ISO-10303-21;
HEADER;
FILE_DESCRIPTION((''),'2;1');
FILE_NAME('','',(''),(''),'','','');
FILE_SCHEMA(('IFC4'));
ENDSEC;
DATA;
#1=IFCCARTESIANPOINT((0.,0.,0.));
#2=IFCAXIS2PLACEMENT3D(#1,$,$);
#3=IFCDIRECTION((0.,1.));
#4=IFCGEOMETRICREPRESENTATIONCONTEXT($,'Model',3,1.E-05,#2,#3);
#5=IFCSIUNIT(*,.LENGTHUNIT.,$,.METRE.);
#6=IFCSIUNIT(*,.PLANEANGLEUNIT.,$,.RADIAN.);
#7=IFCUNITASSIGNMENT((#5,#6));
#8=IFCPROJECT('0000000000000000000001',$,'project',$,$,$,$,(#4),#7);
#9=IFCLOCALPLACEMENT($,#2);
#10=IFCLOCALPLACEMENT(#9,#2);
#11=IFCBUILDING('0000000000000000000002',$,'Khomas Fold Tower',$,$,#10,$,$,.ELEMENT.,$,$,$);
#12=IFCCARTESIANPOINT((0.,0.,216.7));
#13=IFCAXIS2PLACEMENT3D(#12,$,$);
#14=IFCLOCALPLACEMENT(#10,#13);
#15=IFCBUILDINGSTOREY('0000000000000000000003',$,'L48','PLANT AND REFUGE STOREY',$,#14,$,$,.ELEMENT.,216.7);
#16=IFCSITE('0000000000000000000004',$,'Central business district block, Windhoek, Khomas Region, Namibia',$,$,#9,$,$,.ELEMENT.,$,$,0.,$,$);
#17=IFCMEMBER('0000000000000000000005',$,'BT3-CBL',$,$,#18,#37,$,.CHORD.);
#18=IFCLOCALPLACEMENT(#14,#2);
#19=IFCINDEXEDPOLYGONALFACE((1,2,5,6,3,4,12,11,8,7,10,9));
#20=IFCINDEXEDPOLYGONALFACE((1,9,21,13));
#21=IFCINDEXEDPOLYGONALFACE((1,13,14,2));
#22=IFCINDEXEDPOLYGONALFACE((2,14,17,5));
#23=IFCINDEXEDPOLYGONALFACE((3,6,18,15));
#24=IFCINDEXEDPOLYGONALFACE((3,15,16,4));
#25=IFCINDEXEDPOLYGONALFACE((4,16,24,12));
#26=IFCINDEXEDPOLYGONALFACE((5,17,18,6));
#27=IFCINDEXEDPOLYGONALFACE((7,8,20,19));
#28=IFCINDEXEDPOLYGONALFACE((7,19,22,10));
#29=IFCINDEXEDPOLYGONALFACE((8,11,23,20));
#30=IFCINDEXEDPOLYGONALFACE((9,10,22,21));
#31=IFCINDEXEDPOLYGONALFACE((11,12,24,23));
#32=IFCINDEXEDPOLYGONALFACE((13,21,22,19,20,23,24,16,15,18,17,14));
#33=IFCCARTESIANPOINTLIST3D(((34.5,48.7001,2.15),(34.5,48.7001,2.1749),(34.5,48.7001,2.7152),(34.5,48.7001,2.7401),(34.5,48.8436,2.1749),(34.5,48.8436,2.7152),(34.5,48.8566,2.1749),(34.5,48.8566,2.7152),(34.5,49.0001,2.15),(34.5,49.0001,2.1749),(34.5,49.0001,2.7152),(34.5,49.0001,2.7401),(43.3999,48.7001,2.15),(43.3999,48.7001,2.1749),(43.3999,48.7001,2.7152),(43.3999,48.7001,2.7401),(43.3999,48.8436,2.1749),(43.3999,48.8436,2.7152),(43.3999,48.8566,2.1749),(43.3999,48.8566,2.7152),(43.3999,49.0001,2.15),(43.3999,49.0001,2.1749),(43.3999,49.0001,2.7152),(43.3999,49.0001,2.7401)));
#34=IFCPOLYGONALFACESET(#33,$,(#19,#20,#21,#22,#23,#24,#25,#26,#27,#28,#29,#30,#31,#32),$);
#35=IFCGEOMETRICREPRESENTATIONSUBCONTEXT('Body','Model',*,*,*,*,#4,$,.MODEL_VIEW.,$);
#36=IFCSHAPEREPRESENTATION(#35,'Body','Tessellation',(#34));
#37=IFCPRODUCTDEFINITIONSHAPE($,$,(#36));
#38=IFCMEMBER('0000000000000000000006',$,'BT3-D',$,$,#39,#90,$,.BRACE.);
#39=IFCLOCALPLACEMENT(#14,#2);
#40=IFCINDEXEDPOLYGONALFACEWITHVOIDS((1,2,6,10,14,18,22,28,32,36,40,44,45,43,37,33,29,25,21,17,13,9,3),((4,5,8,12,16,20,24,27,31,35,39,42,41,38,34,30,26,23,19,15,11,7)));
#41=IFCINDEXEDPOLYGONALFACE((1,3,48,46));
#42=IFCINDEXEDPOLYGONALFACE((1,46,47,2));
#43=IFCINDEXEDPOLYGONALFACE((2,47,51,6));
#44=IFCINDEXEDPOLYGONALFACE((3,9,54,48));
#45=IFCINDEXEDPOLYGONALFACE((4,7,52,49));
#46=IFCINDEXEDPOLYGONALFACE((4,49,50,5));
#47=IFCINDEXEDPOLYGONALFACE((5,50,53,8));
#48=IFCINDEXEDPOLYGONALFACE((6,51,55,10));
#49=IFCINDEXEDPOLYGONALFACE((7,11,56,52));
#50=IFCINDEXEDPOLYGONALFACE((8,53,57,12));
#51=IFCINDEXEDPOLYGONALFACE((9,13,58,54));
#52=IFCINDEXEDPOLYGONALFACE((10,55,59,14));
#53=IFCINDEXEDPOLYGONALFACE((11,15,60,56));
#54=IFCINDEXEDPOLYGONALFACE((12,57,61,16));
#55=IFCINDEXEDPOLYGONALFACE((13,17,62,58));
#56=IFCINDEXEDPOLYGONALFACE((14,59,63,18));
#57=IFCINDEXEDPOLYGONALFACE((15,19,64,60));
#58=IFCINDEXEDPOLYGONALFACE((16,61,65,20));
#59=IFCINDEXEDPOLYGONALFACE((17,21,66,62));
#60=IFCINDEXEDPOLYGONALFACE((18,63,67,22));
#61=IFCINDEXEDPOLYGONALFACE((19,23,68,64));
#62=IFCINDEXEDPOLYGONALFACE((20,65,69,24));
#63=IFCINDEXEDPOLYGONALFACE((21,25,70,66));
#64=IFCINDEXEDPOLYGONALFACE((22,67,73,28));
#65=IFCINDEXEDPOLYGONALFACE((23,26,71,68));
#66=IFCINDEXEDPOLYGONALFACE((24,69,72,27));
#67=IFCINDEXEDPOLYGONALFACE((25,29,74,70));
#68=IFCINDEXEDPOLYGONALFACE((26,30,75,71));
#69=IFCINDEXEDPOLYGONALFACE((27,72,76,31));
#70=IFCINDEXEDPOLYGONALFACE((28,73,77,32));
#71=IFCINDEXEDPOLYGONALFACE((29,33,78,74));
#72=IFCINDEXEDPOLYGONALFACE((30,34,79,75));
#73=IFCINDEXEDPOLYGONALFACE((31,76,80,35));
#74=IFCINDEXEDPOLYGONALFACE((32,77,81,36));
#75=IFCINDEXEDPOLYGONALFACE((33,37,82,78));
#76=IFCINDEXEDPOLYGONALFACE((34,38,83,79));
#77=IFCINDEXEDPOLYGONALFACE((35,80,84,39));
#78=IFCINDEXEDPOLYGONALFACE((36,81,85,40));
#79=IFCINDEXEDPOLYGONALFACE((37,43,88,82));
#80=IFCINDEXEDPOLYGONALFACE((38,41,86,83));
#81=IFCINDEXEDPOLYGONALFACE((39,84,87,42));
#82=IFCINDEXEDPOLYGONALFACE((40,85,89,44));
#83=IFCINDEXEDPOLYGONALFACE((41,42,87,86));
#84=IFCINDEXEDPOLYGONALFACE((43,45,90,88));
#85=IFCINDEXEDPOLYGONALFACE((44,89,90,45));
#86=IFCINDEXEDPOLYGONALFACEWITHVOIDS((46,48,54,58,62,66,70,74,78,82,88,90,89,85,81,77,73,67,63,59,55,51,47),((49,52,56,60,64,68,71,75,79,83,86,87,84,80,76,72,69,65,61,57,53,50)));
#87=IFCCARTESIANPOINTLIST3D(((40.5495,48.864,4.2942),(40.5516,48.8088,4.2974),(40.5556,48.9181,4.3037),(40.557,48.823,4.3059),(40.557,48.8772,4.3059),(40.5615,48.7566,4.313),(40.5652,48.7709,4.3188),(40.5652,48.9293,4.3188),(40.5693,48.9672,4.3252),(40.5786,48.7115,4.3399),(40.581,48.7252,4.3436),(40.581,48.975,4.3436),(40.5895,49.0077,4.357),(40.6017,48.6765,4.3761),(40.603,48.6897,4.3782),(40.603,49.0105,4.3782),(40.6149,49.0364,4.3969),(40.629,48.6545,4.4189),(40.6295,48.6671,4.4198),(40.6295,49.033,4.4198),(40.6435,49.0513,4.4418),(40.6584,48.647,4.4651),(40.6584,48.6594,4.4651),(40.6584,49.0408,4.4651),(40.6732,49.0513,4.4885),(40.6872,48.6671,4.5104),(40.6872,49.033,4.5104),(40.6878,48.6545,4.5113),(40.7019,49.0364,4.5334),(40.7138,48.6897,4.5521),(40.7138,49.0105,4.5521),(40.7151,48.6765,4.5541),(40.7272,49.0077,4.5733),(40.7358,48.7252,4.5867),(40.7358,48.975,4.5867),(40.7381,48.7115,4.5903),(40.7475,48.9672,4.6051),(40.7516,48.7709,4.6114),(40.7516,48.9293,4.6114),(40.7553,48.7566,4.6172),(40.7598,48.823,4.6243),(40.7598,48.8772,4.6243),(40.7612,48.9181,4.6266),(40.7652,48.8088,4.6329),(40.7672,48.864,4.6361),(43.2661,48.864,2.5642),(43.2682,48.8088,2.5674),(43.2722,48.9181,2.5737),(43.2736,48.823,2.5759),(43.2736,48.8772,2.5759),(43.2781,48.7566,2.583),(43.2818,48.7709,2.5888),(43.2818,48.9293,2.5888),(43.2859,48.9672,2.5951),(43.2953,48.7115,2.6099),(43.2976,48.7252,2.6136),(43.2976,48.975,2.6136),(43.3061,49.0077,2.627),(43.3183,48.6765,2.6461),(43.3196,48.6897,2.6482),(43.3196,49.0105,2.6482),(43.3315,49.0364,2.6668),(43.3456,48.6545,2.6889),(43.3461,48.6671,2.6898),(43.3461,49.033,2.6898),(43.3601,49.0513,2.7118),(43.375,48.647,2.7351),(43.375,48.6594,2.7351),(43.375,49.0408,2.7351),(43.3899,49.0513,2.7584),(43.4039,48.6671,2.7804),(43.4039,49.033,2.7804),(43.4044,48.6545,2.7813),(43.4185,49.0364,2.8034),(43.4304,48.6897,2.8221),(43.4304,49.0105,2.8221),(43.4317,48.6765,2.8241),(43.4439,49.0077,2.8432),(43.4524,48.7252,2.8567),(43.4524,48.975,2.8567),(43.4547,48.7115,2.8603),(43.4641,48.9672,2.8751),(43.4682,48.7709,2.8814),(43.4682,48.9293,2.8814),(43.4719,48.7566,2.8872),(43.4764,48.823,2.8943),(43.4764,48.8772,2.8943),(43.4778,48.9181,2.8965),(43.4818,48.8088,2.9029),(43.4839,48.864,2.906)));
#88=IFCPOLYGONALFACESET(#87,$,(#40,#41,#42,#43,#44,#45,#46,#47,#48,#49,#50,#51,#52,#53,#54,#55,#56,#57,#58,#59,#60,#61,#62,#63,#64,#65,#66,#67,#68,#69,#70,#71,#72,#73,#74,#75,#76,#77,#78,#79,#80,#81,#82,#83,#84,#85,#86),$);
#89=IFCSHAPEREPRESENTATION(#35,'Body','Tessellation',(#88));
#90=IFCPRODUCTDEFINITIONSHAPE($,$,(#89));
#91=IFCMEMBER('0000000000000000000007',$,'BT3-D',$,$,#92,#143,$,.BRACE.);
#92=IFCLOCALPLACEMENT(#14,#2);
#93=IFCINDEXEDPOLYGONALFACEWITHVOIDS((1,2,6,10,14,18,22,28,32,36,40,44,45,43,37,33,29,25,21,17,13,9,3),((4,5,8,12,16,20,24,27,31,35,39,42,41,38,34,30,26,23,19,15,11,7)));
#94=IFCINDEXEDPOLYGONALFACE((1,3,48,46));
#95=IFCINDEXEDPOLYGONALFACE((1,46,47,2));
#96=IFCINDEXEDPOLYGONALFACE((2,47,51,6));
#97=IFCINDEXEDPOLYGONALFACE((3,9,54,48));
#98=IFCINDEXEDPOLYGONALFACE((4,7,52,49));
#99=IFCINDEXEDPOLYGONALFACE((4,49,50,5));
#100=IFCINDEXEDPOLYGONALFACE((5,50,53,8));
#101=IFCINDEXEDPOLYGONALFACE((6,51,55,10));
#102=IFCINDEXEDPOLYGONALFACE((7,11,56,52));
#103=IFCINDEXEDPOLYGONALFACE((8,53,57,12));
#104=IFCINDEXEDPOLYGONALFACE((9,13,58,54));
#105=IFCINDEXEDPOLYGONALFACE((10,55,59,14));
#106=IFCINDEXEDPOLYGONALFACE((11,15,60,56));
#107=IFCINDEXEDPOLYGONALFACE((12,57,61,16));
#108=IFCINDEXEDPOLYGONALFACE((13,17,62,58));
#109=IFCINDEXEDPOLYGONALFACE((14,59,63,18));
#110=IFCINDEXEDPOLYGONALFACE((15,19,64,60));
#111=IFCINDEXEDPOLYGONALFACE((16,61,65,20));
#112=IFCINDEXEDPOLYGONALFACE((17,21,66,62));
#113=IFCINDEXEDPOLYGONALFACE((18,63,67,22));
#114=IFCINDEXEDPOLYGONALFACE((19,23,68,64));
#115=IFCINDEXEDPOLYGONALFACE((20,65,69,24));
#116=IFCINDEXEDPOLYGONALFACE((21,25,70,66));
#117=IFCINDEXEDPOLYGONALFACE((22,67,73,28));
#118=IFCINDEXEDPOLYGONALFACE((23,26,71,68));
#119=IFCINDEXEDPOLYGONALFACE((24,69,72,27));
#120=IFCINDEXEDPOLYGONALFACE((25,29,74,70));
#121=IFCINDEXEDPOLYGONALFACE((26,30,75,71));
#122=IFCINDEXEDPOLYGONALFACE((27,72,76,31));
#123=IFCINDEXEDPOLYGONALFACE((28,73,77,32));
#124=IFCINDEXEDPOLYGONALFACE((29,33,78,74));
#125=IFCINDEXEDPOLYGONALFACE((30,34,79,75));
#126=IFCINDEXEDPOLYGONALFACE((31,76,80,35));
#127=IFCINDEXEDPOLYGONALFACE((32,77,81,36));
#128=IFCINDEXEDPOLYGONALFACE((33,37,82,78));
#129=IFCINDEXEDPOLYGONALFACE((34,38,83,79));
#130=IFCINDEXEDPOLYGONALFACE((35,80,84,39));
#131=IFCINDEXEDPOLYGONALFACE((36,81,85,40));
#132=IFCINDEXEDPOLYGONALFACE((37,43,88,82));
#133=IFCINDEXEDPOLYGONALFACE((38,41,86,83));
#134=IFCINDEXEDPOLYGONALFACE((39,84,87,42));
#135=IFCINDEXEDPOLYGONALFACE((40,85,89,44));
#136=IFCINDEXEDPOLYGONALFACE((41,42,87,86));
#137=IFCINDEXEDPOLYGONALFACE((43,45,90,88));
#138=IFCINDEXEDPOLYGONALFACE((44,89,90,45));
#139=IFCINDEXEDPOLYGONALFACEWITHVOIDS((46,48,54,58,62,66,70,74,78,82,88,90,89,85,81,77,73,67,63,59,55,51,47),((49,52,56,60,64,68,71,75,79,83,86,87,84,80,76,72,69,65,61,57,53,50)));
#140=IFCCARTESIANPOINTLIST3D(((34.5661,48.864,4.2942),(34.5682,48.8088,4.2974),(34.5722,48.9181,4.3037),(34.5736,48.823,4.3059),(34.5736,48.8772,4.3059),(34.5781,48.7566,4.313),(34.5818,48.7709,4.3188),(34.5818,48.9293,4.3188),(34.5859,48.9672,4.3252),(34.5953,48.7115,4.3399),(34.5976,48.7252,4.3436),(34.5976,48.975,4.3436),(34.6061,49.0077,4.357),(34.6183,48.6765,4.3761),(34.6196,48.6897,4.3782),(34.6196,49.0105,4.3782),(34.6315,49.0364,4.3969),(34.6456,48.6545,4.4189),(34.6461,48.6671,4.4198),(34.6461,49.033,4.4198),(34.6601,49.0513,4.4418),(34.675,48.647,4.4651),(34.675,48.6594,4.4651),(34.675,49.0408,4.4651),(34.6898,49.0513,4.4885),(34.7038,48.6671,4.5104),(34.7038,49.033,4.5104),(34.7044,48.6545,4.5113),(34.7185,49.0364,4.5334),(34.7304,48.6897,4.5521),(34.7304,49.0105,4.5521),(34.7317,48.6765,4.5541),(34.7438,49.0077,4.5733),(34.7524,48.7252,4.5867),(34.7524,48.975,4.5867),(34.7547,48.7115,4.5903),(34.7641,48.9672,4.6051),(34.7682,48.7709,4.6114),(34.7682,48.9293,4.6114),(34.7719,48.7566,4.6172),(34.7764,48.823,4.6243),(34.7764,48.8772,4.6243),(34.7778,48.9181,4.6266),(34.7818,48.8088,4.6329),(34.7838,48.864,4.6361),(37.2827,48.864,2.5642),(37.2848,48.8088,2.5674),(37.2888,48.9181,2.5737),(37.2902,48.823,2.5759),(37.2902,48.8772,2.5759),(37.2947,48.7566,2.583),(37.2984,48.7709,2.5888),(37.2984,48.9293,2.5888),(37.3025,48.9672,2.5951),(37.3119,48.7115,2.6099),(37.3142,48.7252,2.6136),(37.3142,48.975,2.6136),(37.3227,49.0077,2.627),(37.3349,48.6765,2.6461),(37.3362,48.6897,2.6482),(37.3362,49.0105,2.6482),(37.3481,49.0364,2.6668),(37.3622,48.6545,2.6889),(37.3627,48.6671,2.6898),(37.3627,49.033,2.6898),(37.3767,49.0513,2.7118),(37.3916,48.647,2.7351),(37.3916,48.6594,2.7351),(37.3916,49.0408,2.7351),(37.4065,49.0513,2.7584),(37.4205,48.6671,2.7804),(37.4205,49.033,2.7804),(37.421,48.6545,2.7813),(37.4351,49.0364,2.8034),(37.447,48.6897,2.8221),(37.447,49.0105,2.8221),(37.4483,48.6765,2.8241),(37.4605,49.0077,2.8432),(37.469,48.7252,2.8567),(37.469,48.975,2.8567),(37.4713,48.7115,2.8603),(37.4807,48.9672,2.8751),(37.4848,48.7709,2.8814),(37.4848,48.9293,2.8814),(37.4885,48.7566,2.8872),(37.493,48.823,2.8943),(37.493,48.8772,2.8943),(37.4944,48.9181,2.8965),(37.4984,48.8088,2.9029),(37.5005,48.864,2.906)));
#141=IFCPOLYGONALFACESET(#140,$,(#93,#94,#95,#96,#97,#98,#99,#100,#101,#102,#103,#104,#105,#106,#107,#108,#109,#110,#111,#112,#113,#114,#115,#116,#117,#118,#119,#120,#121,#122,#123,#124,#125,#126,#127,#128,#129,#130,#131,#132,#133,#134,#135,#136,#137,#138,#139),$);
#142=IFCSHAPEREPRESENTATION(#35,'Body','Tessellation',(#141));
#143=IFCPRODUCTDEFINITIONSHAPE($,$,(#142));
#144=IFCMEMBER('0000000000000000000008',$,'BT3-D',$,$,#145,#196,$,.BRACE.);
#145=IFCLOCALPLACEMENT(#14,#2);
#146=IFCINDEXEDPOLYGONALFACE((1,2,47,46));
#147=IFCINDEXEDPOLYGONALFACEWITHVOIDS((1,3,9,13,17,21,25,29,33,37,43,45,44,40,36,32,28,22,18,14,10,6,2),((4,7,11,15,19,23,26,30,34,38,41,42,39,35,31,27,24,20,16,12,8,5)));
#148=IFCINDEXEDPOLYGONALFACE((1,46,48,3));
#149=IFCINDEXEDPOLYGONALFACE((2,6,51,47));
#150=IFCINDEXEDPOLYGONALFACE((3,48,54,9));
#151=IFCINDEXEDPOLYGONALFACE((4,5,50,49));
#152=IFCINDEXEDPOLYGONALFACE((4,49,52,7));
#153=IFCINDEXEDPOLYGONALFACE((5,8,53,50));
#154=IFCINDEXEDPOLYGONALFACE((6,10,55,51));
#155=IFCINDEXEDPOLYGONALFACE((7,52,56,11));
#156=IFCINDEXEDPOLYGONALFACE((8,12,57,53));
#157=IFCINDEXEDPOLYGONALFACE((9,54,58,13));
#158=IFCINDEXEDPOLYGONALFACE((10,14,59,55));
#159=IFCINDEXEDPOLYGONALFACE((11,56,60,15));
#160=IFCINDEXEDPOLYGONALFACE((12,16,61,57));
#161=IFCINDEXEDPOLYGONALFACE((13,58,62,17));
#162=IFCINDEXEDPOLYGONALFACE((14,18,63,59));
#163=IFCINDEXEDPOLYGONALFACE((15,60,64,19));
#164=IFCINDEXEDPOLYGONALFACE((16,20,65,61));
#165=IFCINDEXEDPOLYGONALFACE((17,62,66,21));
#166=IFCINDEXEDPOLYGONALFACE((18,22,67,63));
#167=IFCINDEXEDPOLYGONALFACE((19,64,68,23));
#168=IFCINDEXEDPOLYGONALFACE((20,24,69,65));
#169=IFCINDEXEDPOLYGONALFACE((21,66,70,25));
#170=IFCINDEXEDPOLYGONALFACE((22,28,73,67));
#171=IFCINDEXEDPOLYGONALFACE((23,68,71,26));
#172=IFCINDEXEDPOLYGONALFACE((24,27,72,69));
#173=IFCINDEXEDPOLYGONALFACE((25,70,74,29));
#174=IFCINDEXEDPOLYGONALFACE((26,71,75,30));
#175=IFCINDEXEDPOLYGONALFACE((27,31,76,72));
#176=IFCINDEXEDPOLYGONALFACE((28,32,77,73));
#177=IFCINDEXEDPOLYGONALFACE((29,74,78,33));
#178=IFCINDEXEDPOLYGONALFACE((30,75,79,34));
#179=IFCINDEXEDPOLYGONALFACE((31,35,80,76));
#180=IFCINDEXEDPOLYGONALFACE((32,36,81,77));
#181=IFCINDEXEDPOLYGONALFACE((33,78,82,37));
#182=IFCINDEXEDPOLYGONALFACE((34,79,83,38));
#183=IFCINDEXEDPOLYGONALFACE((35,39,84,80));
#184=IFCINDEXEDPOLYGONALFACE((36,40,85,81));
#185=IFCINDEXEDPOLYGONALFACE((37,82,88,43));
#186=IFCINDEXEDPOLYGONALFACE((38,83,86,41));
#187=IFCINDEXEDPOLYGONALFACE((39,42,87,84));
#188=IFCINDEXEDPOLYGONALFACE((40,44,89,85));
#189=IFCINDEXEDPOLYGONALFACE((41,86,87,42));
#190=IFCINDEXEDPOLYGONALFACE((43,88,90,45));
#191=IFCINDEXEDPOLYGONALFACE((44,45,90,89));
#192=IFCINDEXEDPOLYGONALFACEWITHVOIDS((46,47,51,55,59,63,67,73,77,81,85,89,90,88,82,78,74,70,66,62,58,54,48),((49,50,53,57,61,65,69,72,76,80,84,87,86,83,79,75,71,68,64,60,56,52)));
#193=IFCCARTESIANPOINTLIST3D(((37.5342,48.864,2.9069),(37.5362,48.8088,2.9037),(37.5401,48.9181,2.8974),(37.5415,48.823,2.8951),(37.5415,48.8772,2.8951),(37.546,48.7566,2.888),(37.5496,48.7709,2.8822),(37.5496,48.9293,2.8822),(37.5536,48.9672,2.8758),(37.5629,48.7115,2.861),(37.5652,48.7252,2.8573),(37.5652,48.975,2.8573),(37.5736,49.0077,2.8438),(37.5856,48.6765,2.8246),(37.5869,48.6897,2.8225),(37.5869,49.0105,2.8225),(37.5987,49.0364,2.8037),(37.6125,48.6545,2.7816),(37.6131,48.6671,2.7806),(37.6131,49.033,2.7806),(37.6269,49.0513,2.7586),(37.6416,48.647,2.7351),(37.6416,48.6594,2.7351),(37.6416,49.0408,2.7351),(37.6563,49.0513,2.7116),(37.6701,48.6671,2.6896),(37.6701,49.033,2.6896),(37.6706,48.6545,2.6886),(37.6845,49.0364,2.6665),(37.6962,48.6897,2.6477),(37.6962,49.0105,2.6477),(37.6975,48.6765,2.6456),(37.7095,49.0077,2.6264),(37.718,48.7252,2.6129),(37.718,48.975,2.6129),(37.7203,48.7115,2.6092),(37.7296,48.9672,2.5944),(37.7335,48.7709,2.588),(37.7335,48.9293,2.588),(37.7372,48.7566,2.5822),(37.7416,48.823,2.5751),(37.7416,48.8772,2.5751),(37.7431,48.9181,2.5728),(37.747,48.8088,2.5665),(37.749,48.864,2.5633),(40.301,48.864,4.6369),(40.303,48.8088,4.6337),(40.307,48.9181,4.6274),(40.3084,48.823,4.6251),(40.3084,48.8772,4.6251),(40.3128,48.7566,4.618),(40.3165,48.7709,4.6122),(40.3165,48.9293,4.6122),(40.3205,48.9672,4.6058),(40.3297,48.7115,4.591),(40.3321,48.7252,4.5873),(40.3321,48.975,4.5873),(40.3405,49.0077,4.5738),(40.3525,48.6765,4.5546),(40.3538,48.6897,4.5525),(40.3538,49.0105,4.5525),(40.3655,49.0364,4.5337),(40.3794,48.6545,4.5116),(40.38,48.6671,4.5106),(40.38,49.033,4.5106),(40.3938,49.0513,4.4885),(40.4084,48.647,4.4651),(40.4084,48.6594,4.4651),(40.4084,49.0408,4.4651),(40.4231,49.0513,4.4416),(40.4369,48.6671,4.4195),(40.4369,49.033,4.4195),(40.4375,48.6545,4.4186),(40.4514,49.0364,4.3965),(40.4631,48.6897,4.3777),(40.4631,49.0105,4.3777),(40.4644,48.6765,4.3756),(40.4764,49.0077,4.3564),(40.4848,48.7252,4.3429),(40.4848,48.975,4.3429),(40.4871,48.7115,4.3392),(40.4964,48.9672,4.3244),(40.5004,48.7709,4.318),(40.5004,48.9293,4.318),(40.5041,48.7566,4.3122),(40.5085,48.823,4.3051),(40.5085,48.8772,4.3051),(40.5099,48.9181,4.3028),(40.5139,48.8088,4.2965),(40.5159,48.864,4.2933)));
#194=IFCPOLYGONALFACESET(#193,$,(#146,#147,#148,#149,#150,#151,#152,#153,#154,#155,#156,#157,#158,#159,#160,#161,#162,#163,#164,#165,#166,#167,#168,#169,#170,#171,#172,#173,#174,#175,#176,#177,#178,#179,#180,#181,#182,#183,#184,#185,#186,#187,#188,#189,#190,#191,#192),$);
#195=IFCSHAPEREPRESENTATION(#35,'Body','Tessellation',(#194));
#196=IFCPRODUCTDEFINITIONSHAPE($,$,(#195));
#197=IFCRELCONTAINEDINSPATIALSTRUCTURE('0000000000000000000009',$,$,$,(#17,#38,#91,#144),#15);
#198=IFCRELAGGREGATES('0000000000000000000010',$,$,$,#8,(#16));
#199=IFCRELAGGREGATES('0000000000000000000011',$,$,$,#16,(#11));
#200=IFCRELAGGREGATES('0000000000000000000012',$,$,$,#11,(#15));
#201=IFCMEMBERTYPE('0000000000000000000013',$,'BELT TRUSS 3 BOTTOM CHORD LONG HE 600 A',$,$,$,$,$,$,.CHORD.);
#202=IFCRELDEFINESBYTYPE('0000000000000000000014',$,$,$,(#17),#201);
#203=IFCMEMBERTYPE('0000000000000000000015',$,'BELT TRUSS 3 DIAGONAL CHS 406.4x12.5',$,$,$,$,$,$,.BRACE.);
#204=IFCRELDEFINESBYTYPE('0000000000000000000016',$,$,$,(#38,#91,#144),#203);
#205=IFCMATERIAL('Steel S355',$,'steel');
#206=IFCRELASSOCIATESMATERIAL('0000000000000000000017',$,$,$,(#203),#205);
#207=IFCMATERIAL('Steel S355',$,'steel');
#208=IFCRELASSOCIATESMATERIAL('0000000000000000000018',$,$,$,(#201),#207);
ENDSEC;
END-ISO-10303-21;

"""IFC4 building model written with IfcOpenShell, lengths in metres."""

from ifc_helpers import new_model, si_unit, direction, frame, origin, origin_2d, place, context, subcontext, project, spatial, hollow_circle, i_section, extrude, source, transform, mapped, material, material_profile, profile_set, type_object, element, save


model = new_model("IFC4")

# Units and contexts
model_context = context("Model", 3, precision=1e-05, world=origin(), true_north=direction((0.0, 1.0)))
body_context = subcontext(model_context, "Body", "Model", "MODEL_VIEW")
ifc_project = project(units=[si_unit("LENGTHUNIT", "METRE"), si_unit("PLANEANGLEUNIT", "RADIAN")], contexts=[model_context])

# Site, building, storey
site_placement = place(None, origin())
site = spatial("IfcSite", under=ifc_project, at=site_placement, Name="Central business district block, Windhoek, Khomas Region, Namibia", CompositionType="ELEMENT", RefElevation=0.0)
building_placement = place(site_placement, origin())
building = spatial("IfcBuilding", under=site, at=building_placement, Name="Khomas Fold Tower", CompositionType="ELEMENT")
storey_placement = place(building_placement, frame((0.0, 0.0, 216.7)))
storey = spatial("IfcBuildingStorey", under=building, at=storey_placement, Name="L48", Description="PLANT AND REFUGE STOREY", CompositionType="ELEMENT", Elevation=216.7)

# Members
ifc_material_1 = material(Name="Steel S355", Category="steel")
ifc_material_profile_1 = material_profile(ifc_material_1, hollow_circle(Radius=0.2031, WallThickness=0.0125, at=origin_2d()), Name="CHS 406.4x12.5")
ifc_profile_set_1 = profile_set([ifc_material_profile_1], Name="Steel S355")
member_type_1 = type_object("IfcMemberType", Name="BELT TRUSS 3 DIAGONAL CHS 406.4x12.5", PredefinedType="BRACE", material=ifc_profile_set_1)
ifc_material_2 = material(Name="Steel S355", Category="steel")
ifc_material_profile_2 = material_profile(ifc_material_2, i_section(OverallWidth=0.3, OverallDepth=0.5901, WebThickness=0.0129, FlangeThickness=0.0249, at=origin_2d()), Name="HE 600 A")
ifc_profile_set_2 = profile_set([ifc_material_profile_2], Name="Steel S355")
member_type_2 = type_object("IfcMemberType", Name="BELT TRUSS 3 BOTTOM CHORD LONG HE 600 A", PredefinedType="CHORD", material=ifc_profile_set_2)
shared_shape_1 = source(origin(), body_context, "Body", "SweptSolid", [
    extrude(i_section(OverallWidth=0.3, OverallDepth=0.5901, WebThickness=0.0129, FlangeThickness=0.0249, at=origin_2d()), origin(), (0.0, 0.0, 1.0), 8.8999),
])
member_1_placement = place(storey_placement, frame((43.3999, 48.8501, 2.4451), z_axis=(-1.0, 0.0, 0.0), x_axis=(0.0, -1.0, 0.0)))
element("IfcMember", 1, at=member_1_placement, inside=storey, type_object=member_type_2, Name="BT3-CBL", PredefinedType="CHORD", context=body_context, shape_type="MappedRepresentation", body=[
    mapped(shared_shape_1, transform((0.0, 0.0, 0.0))),
])
shared_shape_2 = source(origin(), body_context, "Body", "SweptSolid", [
    extrude(hollow_circle(Radius=0.2031, WallThickness=0.0125, at=origin_2d()), origin(), (0.0, 0.0, 1.0), 3.2207),
])
for number, where, z_axis, x_axis, name in (
    (2, (43.375, 48.8501, 2.7351), (-0.843484, 0.0, 0.537155), (0.0, -1.0, 0.0), "BT3-D"),
    (3, (37.3916, 48.8501, 2.7351), (-0.843484, 0.0, 0.537155), (0.0, -1.0, 0.0), "BT3-D"),
):
    element("IfcMember", number, at=place(storey_placement, frame(where, z_axis=z_axis, x_axis=x_axis)), inside=storey, type_object=member_type_1, Name=name, PredefinedType="BRACE", context=body_context, shape_type="MappedRepresentation", body=[
        mapped(shared_shape_2, transform((0.0, 0.0, 0.0))),
    ])
shared_shape_3 = source(origin(), body_context, "Body", "SweptSolid", [
    extrude(hollow_circle(Radius=0.2031, WallThickness=0.0125, at=origin_2d()), origin(), (0.0, 0.0, 1.0), 3.2632),
])
member_2_placement = place(storey_placement, frame((40.4084, 48.8501, 4.4651), z_axis=(-0.847902, 0.0, -0.530154), x_axis=(0.0, -1.0, 0.0)))
element("IfcMember", 4, at=member_2_placement, inside=storey, type_object=member_type_1, Name="BT3-D", PredefinedType="BRACE", context=body_context, shape_type="MappedRepresentation", body=[
    mapped(shared_shape_3, transform((0.0, 0.0, 0.0))),
])

save(model, "model.ifc")
